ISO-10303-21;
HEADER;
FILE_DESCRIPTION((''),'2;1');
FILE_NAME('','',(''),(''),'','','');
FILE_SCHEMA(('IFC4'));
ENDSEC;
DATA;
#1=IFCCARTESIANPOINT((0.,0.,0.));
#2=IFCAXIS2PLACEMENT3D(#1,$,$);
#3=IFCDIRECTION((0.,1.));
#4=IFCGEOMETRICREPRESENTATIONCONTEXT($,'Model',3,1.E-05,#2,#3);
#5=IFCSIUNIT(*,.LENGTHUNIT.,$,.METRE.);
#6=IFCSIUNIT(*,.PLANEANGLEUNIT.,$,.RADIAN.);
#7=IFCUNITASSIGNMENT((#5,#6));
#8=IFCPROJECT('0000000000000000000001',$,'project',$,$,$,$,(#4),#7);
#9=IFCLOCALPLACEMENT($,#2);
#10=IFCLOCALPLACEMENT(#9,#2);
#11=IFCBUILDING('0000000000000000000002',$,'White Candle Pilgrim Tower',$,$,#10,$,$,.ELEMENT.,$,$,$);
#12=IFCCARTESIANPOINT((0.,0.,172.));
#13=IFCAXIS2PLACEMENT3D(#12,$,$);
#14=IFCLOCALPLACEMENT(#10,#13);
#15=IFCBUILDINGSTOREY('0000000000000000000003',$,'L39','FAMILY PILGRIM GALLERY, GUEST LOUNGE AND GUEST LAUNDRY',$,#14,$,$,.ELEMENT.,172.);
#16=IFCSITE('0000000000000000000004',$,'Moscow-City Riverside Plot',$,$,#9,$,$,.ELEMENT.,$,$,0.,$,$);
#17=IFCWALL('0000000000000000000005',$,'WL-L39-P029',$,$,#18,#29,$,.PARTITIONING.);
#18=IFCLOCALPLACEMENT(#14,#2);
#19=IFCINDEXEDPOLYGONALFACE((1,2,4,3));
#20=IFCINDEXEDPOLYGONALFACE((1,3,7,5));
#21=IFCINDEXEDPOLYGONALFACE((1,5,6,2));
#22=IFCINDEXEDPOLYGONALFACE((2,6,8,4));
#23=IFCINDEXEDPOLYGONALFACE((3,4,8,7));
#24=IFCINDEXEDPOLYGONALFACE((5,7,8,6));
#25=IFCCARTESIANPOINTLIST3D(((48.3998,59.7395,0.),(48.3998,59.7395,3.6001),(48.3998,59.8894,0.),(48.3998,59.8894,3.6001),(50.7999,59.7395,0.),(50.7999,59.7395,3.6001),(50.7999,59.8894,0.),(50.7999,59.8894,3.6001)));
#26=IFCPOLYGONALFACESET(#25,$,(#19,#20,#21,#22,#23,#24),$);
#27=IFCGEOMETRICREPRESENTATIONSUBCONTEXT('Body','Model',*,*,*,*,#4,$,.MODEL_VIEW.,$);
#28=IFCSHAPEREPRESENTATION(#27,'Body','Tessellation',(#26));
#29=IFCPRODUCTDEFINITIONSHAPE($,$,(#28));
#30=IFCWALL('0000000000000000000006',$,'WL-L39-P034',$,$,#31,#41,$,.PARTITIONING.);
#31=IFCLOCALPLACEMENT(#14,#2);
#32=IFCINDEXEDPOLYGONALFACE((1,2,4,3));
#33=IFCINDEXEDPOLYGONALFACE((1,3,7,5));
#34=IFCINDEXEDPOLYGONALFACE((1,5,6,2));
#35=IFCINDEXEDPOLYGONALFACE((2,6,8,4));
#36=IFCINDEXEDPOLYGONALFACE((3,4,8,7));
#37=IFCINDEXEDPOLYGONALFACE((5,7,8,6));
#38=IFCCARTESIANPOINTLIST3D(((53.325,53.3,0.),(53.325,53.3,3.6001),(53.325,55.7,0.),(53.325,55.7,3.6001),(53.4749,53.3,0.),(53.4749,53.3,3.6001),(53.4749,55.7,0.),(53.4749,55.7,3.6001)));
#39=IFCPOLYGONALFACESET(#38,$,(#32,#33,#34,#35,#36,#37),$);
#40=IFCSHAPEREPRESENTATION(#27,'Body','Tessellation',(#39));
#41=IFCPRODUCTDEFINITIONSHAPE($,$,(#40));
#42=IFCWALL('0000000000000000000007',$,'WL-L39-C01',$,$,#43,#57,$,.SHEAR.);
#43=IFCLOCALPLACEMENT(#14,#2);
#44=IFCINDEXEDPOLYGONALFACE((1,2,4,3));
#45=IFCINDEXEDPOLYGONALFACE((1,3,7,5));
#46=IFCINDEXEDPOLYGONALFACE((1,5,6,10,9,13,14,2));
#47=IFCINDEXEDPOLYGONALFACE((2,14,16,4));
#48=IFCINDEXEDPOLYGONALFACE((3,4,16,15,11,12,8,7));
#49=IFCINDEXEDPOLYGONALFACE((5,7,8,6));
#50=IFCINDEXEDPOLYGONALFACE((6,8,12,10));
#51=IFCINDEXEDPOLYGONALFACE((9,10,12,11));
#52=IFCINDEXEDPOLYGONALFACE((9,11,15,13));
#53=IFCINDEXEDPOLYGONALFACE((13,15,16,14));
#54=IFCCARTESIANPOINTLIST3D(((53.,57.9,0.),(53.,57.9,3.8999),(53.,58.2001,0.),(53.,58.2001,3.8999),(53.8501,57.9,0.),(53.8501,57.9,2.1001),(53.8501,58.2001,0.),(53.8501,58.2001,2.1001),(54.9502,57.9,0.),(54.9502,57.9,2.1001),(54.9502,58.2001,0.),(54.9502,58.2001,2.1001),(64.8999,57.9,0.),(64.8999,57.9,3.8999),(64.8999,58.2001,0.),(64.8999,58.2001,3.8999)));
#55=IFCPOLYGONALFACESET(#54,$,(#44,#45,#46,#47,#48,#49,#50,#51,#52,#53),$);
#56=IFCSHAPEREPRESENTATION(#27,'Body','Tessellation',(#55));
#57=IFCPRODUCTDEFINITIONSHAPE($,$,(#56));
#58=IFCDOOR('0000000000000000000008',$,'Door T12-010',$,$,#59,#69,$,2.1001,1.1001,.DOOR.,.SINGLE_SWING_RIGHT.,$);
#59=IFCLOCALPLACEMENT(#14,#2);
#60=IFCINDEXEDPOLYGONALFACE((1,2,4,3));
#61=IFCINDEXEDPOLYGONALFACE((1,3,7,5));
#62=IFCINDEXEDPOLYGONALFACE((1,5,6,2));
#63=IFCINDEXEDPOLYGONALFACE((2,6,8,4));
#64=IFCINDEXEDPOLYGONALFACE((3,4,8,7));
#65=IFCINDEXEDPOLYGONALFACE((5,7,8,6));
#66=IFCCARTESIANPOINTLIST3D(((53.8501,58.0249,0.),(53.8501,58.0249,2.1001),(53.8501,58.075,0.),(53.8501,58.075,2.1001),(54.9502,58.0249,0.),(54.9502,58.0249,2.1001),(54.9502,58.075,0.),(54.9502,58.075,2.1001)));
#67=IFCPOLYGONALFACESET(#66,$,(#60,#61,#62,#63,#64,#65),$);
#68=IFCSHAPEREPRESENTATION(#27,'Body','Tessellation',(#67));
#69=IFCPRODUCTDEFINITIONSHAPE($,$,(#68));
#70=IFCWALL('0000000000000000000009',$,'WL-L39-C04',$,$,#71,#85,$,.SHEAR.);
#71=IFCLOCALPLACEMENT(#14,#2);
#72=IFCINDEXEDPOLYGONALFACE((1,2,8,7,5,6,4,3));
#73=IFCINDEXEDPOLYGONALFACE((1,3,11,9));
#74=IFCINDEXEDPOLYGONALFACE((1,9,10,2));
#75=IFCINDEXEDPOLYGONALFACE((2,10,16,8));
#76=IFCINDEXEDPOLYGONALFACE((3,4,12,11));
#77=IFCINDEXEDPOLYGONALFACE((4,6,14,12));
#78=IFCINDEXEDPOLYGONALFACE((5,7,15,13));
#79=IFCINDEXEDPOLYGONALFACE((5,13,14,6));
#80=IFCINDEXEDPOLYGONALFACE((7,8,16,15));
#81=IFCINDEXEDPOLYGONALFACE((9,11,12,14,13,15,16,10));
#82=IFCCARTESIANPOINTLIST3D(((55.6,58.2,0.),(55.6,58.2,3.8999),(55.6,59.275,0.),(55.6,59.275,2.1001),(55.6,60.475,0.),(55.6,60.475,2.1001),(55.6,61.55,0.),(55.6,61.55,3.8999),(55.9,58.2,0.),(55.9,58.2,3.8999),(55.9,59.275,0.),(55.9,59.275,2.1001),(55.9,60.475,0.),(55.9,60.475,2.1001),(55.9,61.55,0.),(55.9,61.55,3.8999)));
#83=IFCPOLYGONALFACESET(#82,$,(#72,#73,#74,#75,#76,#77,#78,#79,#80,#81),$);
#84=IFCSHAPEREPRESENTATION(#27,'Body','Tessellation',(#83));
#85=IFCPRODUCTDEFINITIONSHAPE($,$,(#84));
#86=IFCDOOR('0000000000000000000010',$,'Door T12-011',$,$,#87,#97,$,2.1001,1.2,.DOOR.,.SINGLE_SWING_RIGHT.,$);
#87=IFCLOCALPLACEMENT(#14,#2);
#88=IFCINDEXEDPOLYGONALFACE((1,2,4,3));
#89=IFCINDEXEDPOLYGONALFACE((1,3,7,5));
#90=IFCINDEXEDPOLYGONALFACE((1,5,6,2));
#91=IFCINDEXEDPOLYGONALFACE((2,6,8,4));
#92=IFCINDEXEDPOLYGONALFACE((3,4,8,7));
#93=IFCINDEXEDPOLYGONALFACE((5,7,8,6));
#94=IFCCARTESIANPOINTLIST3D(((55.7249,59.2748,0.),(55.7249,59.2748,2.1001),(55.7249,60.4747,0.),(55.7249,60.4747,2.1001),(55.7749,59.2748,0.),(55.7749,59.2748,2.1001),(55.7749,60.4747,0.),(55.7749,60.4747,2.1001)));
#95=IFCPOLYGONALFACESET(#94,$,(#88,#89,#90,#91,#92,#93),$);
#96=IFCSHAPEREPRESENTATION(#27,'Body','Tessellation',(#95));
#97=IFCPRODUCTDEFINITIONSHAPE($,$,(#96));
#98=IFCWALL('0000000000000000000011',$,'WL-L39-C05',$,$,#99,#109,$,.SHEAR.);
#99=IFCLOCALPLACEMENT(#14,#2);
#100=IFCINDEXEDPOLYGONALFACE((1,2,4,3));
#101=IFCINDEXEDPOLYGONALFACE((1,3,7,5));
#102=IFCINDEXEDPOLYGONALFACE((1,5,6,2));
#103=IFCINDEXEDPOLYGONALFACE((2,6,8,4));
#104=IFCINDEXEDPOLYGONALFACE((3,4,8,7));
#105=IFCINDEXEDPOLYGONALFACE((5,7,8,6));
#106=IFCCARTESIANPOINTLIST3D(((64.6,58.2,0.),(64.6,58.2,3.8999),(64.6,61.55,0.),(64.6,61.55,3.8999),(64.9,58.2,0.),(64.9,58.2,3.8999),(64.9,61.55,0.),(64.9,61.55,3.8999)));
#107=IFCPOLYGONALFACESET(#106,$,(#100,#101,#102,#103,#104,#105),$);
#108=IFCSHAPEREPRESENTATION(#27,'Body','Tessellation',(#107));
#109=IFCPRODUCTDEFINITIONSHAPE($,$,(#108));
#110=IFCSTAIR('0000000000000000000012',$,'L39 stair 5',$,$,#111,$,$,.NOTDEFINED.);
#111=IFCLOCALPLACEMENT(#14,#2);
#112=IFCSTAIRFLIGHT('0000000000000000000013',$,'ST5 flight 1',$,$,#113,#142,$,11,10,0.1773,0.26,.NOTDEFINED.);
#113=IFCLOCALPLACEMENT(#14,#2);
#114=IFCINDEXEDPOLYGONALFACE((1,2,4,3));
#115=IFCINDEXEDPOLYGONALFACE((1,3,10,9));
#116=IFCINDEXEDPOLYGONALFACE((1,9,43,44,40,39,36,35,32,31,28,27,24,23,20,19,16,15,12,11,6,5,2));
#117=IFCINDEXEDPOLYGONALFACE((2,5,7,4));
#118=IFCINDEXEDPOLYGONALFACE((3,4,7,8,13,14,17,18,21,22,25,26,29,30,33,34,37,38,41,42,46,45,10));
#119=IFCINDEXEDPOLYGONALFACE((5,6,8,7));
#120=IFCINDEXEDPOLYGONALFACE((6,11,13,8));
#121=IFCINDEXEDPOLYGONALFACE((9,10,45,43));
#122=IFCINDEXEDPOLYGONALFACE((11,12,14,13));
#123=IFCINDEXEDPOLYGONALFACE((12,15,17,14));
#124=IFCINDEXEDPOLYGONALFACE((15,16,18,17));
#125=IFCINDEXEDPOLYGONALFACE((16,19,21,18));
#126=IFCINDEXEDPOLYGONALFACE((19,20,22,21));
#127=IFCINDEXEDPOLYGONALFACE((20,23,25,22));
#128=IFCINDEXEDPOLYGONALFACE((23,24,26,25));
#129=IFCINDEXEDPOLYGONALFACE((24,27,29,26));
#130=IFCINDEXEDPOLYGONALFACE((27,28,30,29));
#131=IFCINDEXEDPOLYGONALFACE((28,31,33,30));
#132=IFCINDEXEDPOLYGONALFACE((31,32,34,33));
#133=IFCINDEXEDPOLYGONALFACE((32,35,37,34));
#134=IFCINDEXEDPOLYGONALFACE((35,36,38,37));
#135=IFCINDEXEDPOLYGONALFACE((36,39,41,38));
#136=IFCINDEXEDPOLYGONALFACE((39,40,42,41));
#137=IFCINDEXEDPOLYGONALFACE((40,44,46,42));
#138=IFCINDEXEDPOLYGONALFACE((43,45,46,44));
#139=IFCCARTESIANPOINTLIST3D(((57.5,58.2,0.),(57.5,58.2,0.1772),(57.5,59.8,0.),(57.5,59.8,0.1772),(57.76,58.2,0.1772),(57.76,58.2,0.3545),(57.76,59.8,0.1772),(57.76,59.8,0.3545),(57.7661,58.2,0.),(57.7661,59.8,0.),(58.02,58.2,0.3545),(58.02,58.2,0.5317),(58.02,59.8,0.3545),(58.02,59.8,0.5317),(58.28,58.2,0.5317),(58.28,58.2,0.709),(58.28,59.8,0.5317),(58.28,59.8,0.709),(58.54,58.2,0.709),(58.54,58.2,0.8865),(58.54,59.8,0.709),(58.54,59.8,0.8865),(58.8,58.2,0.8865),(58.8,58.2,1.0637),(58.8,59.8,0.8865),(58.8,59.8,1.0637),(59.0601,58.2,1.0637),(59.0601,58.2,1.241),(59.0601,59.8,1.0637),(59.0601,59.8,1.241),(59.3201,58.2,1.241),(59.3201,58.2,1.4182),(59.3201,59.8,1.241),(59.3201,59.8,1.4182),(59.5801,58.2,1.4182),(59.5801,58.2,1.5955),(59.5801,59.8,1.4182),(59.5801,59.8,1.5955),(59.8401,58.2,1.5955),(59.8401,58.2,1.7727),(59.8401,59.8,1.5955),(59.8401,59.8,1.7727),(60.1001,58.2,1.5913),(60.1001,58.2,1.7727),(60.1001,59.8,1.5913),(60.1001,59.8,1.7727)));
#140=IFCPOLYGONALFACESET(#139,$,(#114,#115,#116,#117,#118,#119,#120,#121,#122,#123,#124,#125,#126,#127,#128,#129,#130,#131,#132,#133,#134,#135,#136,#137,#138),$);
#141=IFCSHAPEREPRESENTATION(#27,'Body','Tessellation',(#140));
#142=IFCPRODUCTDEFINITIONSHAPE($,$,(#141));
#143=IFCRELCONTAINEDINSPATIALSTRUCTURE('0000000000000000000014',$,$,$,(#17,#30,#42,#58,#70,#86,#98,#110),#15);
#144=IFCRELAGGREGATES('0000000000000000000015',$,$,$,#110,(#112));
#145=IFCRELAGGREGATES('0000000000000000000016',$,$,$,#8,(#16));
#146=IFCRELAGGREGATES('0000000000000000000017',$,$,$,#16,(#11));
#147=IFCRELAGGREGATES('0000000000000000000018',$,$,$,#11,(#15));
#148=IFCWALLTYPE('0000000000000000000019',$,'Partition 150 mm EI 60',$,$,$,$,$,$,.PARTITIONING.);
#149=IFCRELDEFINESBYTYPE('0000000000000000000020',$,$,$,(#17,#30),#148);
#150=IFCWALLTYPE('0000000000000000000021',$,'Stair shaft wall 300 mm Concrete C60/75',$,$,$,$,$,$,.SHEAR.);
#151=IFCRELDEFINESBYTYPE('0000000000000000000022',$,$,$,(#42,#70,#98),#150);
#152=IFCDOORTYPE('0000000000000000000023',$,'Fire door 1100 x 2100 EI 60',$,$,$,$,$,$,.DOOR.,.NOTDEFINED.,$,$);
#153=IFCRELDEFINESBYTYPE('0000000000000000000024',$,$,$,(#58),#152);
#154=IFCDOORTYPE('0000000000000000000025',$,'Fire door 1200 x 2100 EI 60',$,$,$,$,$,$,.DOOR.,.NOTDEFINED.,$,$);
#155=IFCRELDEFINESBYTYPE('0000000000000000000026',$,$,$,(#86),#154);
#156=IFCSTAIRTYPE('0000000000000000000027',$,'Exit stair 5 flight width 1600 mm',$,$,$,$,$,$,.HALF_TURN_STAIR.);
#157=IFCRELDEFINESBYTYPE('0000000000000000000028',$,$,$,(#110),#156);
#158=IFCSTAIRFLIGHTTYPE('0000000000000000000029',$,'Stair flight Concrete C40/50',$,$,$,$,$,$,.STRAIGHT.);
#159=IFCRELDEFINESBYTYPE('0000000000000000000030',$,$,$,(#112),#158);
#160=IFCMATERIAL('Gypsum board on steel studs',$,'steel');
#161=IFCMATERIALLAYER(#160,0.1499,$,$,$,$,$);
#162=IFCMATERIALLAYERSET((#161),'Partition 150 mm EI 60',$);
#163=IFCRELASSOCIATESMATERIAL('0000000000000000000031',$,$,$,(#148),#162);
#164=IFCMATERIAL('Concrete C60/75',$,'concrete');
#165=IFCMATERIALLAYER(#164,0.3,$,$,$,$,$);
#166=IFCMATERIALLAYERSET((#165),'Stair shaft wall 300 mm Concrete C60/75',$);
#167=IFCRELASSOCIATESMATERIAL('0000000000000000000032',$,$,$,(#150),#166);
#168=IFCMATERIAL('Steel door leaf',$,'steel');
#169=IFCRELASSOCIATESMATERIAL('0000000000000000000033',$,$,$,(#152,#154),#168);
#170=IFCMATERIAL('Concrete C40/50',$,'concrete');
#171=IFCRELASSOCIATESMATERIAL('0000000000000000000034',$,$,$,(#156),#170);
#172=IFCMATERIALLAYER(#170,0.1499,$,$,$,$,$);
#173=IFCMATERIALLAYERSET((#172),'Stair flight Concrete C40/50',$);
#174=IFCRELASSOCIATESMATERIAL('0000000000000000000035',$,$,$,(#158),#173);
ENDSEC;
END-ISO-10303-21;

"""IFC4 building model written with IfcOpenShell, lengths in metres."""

from ifc_helpers import new_model, si_unit, direction, frame, frame_2d, origin, place, context, subcontext, project, spatial, polyline, rectangle, outline, extrude, material, layer, layer_set, type_object, element, fill, aggregate, save


model = new_model("IFC4")

# Units and contexts
model_context = context("Model", 3, precision=1e-05, world=origin(), true_north=direction((0.0, 1.0)))
body_context = subcontext(model_context, "Body", "Model", "MODEL_VIEW")
ifc_project = project(units=[si_unit("LENGTHUNIT", "METRE"), si_unit("PLANEANGLEUNIT", "RADIAN")], contexts=[model_context])

# Site, building, storey
site_placement = place(None, origin())
site = spatial("IfcSite", under=ifc_project, at=site_placement, Name="Moscow-City Riverside Plot", CompositionType="ELEMENT", RefElevation=0.0)
building_placement = place(site_placement, origin())
building = spatial("IfcBuilding", under=site, at=building_placement, Name="White Candle Pilgrim Tower", CompositionType="ELEMENT")
storey_placement = place(building_placement, frame((0.0, 0.0, 172.0)))
storey = spatial("IfcBuildingStorey", under=building, at=storey_placement, Name="L39", Description="FAMILY PILGRIM GALLERY, GUEST LOUNGE AND GUEST LAUNDRY", CompositionType="ELEMENT", Elevation=172.0)

# Shared definitions
ifc_material_1 = material(Name="Concrete C60/75", Category="concrete")

# Shared definitions
ifc_material_2 = material(Name="Gypsum board on steel studs", Category="steel")
ifc_material_3 = material(Name="Steel door leaf", Category="steel")

# Walls
ifc_layer_1 = layer(ifc_material_2, 0.1499)
ifc_layer_set_1 = layer_set([ifc_layer_1], Name="Partition 150 mm EI 60")
wall_type_1 = type_object("IfcWallType", Name="Partition 150 mm EI 60", PredefinedType="PARTITIONING", material=ifc_layer_set_1)
wall_1_placement = place(storey_placement, frame((50.8, 59.8145, 0.0), z_axis=(0.0, 0.0, 1.0), x_axis=(-1.0, 0.0, 0.0)))
element("IfcWall", 1, at=wall_1_placement, inside=storey, type_object=wall_type_1, Name="WL-L39-P029", PredefinedType="PARTITIONING", context=body_context, shape_type="SweptSolid", body=[
    extrude(rectangle(XDim=2.4001, YDim=0.1499, at=frame_2d((1.2002, 0.0))), origin(), (0.0, 0.0, 1.0), 3.6001),
])
wall_2_placement = place(storey_placement, frame((53.3999, 55.7, 0.0), z_axis=(0.0, 0.0, 1.0), x_axis=(0.0, -1.0, 0.0)))
element("IfcWall", 2, at=wall_2_placement, inside=storey, type_object=wall_type_1, Name="WL-L39-P034", PredefinedType="PARTITIONING", context=body_context, shape_type="SweptSolid", body=[
    extrude(rectangle(XDim=2.3999, YDim=0.1499, at=frame_2d((1.2, 0.0))), origin(), (0.0, 0.0, 1.0), 3.6001),
])

# Walls, openings, doors
ifc_layer_2 = layer(ifc_material_1, 0.3)
ifc_layer_set_2 = layer_set([ifc_layer_2], Name="Stair shaft wall 300 mm Concrete C60/75")
wall_type_2 = type_object("IfcWallType", Name="Stair shaft wall 300 mm Concrete C60/75", PredefinedType="SHEAR", material=ifc_layer_set_2)
wall_3_placement = place(storey_placement, frame((53.0, 58.05, 0.0), z_axis=(0.0, 0.0, 1.0), x_axis=(1.0, 0.0, 0.0)))
wall_3 = element("IfcWall", 3, at=wall_3_placement, inside=storey, type_object=wall_type_2, Name="WL-L39-C01", PredefinedType="SHEAR", context=body_context, shape_type="SweptSolid", body=[
    extrude(rectangle(XDim=11.8999, YDim=0.3, at=frame_2d((5.95, 0.0))), origin(), (0.0, 0.0, 1.0), 3.8999),
])
opening_1_placement = place(wall_3_placement, frame((0.8501, 0.0, 0.0)))
opening_1 = element("IfcOpeningElement", 4, at=opening_1_placement, cuts=wall_3, PredefinedType="OPENING", context=body_context, shape_type="SweptSolid", body=[
    extrude(rectangle(XDim=1.1001, YDim=2.1001, at=frame_2d((0.55, 1.05))), frame((0.0, 0.1599, 0.0), z_axis=(0.0, -1.0, 0.0), x_axis=(1.0, 0.0, 0.0)), (0.0, 0.0, 1.0), 0.3201),
])
door_type_1 = type_object("IfcDoorType", Name="Fire door 1100 x 2100 EI 60", OperationType="NOTDEFINED", PredefinedType="DOOR", material=ifc_material_3)
door_1_placement = place(opening_1_placement, origin())
door_1 = element("IfcDoor", 5, at=door_1_placement, inside=storey, type_object=door_type_1, Name="Door T12-010", OperationType="SINGLE_SWING_RIGHT", OverallHeight=2.1001, OverallWidth=1.1001, PredefinedType="DOOR", context=body_context, shape_type="SweptSolid", body=[
    extrude(rectangle(XDim=1.1001, YDim=2.1001, at=frame_2d((0.55, 1.05))), frame((0.0, 0.0249, 0.0), z_axis=(0.0, -1.0, 0.0), x_axis=(1.0, 0.0, 0.0)), (0.0, 0.0, 1.0), 0.05),
])
fill(opening_1, door_1)
wall_4_placement = place(storey_placement, frame((55.75, 58.2, 0.0), z_axis=(0.0, 0.0, 1.0), x_axis=(0.0, 1.0, 0.0)))
wall_4 = element("IfcWall", 6, at=wall_4_placement, inside=storey, type_object=wall_type_2, Name="WL-L39-C04", PredefinedType="SHEAR", context=body_context, shape_type="SweptSolid", body=[
    extrude(rectangle(XDim=3.3501, YDim=0.3, at=frame_2d((1.675, 0.0))), origin(), (0.0, 0.0, 1.0), 3.8999),
])
opening_2_placement = place(wall_4_placement, frame((1.075, 0.0, 0.0)))
opening_2 = element("IfcOpeningElement", 7, at=opening_2_placement, cuts=wall_4, PredefinedType="OPENING", context=body_context, shape_type="SweptSolid", body=[
    extrude(rectangle(XDim=1.2, YDim=2.1001, at=frame_2d((0.6001, 1.05))), frame((0.0, 0.1599, 0.0), z_axis=(0.0, -1.0, 0.0), x_axis=(1.0, 0.0, 0.0)), (0.0, 0.0, 1.0), 0.3201),
])
door_type_2 = type_object("IfcDoorType", Name="Fire door 1200 x 2100 EI 60", OperationType="NOTDEFINED", PredefinedType="DOOR", material=ifc_material_3)
door_2_placement = place(opening_2_placement, frame((1.2, 0.0, 0.0), z_axis=(0.0, 0.0, 1.0), x_axis=(-1.0, 0.0, 0.0)))
door_2 = element("IfcDoor", 8, at=door_2_placement, inside=storey, type_object=door_type_2, Name="Door T12-011", OperationType="SINGLE_SWING_RIGHT", OverallHeight=2.1001, OverallWidth=1.2, PredefinedType="DOOR", context=body_context, shape_type="SweptSolid", body=[
    extrude(rectangle(XDim=1.2, YDim=2.1001, at=frame_2d((0.6001, 1.05))), frame((0.0, 0.0249, 0.0), z_axis=(0.0, -1.0, 0.0), x_axis=(1.0, 0.0, 0.0)), (0.0, 0.0, 1.0), 0.05),
])
fill(opening_2, door_2)

# Wall
wall_5_placement = place(storey_placement, frame((64.75, 58.2, 0.0), z_axis=(0.0, 0.0, 1.0), x_axis=(0.0, 1.0, 0.0)))
element("IfcWall", 9, at=wall_5_placement, inside=storey, type_object=wall_type_2, Name="WL-L39-C05", PredefinedType="SHEAR", context=body_context, shape_type="SweptSolid", body=[
    extrude(rectangle(XDim=3.3501, YDim=0.3, at=frame_2d((1.675, 0.0))), origin(), (0.0, 0.0, 1.0), 3.8999),
])

# Stair, stair flight
ifc_material_4 = material(Name="Concrete C40/50", Category="concrete")
stair_type = type_object("IfcStairType", Name="Exit stair 5 flight width 1600 mm", PredefinedType="HALF_TURN_STAIR", material=ifc_material_4)
stair_placement = place(storey_placement, origin())
stair = element("IfcStair", 10, at=stair_placement, inside=storey, type_object=stair_type, Name="L39 stair 5", PredefinedType="NOTDEFINED")
ifc_layer_3 = layer(ifc_material_4, 0.1499)
ifc_layer_set_3 = layer_set([ifc_layer_3], Name="Stair flight Concrete C40/50")
stair_flight_type = type_object("IfcStairFlightType", Name="Stair flight Concrete C40/50", PredefinedType="STRAIGHT", material=ifc_layer_set_3)
stair_flight_placement = place(storey_placement, frame((57.5, 59.0, 0.0), z_axis=(0.0, 0.0, 1.0), x_axis=(1.0, 0.0, 0.0)))
stair_flight = element("IfcStairFlight", 11, at=stair_flight_placement, type_object=stair_flight_type, Name="ST5 flight 1", NumberOfRisers=11, NumberOfTreads=10, PredefinedType="NOTDEFINED", RiserHeight=0.1773, TreadLength=0.26, context=body_context, shape_type="SweptSolid", body=[
    extrude(outline(polyline([(0.0, 0.0), (0.0, 0.1772), (0.26, 0.1772), (0.26, 0.3545), (0.52, 0.3545), (0.52, 0.5317), (0.78, 0.5317), (0.78, 0.709), (1.04, 0.709), (1.04, 0.8865), (1.3, 0.8865), (1.3, 1.0637), (1.5601, 1.0637), (1.5601, 1.241), (1.8201, 1.241), (1.8201, 1.4182), (2.0801, 1.4182), (2.0801, 1.5955), (2.3401, 1.5955), (2.3401, 1.7727), (2.6001, 1.7727), (2.6001, 1.95), (2.6001, 1.5913), (0.2661, 0.0), (0.0, 0.0)])), frame((0.0, 0.8, 0.0), z_axis=(0.0, -1.0, 0.0), x_axis=(1.0, 0.0, 0.0)), (0.0, 0.0, 1.0), 1.6001),
])
aggregate(stair, [stair_flight])

save(model, "model.ifc")
